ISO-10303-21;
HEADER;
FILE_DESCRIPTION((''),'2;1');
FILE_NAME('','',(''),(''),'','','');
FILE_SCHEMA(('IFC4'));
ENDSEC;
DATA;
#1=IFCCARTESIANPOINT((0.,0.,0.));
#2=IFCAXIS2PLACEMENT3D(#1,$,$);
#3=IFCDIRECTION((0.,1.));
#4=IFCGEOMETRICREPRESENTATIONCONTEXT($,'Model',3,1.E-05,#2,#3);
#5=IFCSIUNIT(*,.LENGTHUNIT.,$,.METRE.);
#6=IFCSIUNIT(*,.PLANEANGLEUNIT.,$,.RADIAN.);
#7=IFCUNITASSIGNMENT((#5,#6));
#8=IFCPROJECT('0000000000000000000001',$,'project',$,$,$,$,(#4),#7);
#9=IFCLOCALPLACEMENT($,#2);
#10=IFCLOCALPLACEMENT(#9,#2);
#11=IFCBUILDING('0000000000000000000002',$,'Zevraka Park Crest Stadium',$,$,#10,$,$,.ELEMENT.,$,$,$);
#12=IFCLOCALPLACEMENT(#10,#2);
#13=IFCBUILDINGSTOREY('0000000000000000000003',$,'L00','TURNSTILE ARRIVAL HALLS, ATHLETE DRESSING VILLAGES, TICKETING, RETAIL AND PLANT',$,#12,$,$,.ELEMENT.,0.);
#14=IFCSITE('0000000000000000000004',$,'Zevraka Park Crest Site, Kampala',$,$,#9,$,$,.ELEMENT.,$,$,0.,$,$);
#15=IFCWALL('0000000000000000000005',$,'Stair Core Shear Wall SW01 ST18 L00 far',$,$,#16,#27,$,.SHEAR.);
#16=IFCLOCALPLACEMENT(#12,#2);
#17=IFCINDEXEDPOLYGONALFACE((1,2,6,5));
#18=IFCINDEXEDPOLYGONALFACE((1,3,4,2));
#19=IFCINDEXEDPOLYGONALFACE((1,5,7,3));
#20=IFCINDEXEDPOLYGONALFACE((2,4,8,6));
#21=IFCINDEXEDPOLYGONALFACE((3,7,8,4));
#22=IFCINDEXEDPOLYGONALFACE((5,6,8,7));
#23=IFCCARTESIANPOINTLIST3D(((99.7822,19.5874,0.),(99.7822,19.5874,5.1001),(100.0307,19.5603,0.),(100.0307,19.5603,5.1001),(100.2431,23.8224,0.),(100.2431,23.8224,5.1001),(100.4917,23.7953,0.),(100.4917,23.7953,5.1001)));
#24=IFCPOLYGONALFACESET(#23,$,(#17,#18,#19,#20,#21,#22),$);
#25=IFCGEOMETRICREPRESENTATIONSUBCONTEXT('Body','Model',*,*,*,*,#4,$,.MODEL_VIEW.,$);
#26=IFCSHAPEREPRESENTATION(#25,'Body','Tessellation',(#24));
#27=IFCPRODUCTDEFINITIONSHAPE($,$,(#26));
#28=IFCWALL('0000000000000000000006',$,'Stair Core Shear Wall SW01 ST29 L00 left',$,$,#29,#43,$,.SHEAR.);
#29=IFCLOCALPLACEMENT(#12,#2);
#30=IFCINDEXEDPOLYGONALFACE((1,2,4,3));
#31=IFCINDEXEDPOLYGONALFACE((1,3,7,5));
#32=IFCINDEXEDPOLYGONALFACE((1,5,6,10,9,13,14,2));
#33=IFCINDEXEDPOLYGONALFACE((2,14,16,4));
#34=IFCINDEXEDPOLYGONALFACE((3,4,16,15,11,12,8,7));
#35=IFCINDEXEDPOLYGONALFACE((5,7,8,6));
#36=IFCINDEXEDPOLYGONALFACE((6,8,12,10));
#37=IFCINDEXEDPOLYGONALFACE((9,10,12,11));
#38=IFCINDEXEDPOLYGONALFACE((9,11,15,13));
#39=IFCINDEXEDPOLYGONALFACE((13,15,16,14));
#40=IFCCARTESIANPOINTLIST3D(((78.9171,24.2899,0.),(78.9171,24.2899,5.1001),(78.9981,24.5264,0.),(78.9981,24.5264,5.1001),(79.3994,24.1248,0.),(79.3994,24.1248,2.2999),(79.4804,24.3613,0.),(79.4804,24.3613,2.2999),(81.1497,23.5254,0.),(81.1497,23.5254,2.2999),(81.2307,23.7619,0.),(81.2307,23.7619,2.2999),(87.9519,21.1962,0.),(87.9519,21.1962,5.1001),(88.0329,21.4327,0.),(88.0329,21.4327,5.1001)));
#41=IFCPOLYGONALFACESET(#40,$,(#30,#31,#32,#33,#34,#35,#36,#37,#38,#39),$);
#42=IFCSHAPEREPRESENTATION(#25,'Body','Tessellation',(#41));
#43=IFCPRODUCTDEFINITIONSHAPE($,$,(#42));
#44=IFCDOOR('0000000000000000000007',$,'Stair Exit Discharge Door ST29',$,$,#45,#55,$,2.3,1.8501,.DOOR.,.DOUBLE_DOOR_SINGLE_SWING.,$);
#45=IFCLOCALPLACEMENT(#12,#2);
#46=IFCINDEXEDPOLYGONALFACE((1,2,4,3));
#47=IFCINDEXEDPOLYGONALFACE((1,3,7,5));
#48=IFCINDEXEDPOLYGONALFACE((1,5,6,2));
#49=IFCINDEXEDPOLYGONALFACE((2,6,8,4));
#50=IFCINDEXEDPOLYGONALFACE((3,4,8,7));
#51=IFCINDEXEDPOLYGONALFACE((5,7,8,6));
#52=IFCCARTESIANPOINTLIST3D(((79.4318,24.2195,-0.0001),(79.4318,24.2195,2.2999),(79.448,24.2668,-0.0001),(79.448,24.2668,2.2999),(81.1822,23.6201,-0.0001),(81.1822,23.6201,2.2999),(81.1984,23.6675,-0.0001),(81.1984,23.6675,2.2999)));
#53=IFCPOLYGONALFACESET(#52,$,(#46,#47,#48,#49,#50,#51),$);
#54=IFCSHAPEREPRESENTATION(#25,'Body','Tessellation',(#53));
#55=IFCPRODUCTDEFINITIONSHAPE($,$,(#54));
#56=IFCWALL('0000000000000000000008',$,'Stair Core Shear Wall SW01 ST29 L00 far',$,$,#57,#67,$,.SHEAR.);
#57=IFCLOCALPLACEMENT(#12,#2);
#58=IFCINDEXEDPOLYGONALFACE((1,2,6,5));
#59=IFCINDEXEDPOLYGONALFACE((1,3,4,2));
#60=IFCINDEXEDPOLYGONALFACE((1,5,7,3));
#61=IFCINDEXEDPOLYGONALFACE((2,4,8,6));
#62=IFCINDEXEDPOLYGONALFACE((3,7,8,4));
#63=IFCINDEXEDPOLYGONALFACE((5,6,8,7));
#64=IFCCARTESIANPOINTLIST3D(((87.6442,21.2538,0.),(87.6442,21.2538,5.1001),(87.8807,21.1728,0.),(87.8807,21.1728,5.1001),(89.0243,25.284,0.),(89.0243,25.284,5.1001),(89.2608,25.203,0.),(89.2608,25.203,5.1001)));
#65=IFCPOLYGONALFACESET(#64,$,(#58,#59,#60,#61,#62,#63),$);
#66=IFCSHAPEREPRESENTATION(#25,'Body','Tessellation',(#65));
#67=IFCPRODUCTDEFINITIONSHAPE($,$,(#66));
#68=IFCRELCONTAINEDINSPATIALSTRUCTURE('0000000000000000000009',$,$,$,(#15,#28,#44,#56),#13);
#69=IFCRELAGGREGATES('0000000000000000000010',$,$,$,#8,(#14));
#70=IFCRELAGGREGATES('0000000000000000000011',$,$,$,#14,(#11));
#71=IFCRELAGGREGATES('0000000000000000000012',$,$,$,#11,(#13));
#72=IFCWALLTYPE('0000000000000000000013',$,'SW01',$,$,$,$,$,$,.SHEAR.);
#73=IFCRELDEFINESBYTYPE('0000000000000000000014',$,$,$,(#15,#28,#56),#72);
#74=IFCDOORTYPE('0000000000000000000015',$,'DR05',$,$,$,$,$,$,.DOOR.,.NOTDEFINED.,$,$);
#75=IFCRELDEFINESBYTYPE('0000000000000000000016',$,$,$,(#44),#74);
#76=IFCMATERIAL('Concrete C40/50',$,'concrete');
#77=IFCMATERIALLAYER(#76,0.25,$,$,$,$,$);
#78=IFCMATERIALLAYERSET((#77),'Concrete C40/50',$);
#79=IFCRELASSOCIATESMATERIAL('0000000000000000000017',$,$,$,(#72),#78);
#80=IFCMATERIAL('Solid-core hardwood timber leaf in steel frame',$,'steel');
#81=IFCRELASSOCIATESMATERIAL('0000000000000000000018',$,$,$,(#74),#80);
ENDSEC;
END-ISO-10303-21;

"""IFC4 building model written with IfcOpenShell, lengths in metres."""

from ifc_helpers import new_model, si_unit, direction, frame, frame_2d, origin, place, context, subcontext, project, spatial, rectangle, extrude, material, layer, layer_set, type_object, element, fill, save


model = new_model("IFC4")

# Units and contexts
model_context = context("Model", 3, precision=1e-05, world=origin(), true_north=direction((0.0, 1.0)))
body_context = subcontext(model_context, "Body", "Model", "MODEL_VIEW")
ifc_project = project(units=[si_unit("LENGTHUNIT", "METRE"), si_unit("PLANEANGLEUNIT", "RADIAN")], contexts=[model_context])

# Site, building, storey
site_placement = place(None, origin())
site = spatial("IfcSite", under=ifc_project, at=site_placement, Name="Zevraka Park Crest Site, Kampala", CompositionType="ELEMENT", RefElevation=0.0)
building_placement = place(site_placement, origin())
building = spatial("IfcBuilding", under=site, at=building_placement, Name="Zevraka Park Crest Stadium", CompositionType="ELEMENT")
storey_placement = place(building_placement, origin())
storey = spatial("IfcBuildingStorey", under=building, at=storey_placement, Name="L00", Description="TURNSTILE ARRIVAL HALLS, ATHLETE DRESSING VILLAGES, TICKETING, RETAIL AND PLANT", CompositionType="ELEMENT", Elevation=0.0)

# Shared definitions
ifc_material_1 = material(Name="Concrete C40/50", Category="concrete")
ifc_layer_1 = layer(ifc_material_1, 0.25)
ifc_layer_set_1 = layer_set([ifc_layer_1], Name="Concrete C40/50")
wall_type_1 = type_object("IfcWallType", Name="SW01", PredefinedType="SHEAR", material=ifc_layer_set_1)
ifc_material_2 = material(Name="Solid-core hardwood timber leaf in steel frame", Category="steel")
door_type_1 = type_object("IfcDoorType", Name="DR05", OperationType="NOTDEFINED", PredefinedType="DOOR", material=ifc_material_2)

# Wall
wall_1_placement = place(storey_placement, frame((99.9065, 19.574, 0.0), z_axis=(0.0, 0.0, 1.0), x_axis=(0.108198, 0.994129, 0.0)))
element("IfcWall", 1, at=wall_1_placement, inside=storey, type_object=wall_type_1, Name="Stair Core Shear Wall SW01 ST18 L00 far", PredefinedType="SHEAR", context=body_context, shape_type="SweptSolid", body=[
    extrude(rectangle(XDim=4.26, YDim=0.25, at=frame_2d((2.1299, 0.0))), origin(), (0.0, 0.0, 1.0), 5.1001),
])

# Wall, opening, door
wall_2_placement = place(storey_placement, frame((87.9924, 21.3145, 0.0), z_axis=(0.0, 0.0, 1.0), x_axis=(-0.946072, 0.323956, 0.0)))
wall_2 = element("IfcWall", 2, at=wall_2_placement, inside=storey, type_object=wall_type_1, Name="Stair Core Shear Wall SW01 ST29 L00 left", PredefinedType="SHEAR", context=body_context, shape_type="SweptSolid", body=[
    extrude(rectangle(XDim=9.5498, YDim=0.25, at=frame_2d((4.7749, 0.0))), origin(), (0.0, 0.0, 1.0), 5.1001),
])
opening_1_placement = place(wall_2_placement, frame((7.1899, 0.0, 0.0)))
opening_1 = element("IfcOpeningElement", 3, at=opening_1_placement, cuts=wall_2, PredefinedType="OPENING", context=body_context, shape_type="SweptSolid", body=[
    extrude(rectangle(XDim=1.8501, YDim=2.3, at=frame_2d((0.925, 1.1499))), frame((0.0, 0.135, 0.0), z_axis=(0.0, -1.0, 0.0), x_axis=(1.0, 0.0, 0.0)), (0.0, 0.0, 1.0), 0.27),
])
door_1_placement = place(opening_1_placement, origin())
door_1 = element("IfcDoor", 4, at=door_1_placement, inside=storey, type_object=door_type_1, Name="Stair Exit Discharge Door ST29", OperationType="DOUBLE_DOOR_SINGLE_SWING", OverallHeight=2.3, OverallWidth=1.8501, PredefinedType="DOOR", context=body_context, shape_type="SweptSolid", body=[
    extrude(rectangle(XDim=1.8501, YDim=2.3, at=frame_2d((0.925, 1.1499))), frame((0.0, 0.0249, 0.0), z_axis=(0.0, -1.0, 0.0), x_axis=(1.0, 0.0, 0.0)), (0.0, 0.0, 1.0), 0.05),
])
fill(opening_1, door_1)

# Wall
wall_3_placement = place(storey_placement, frame((87.7625, 21.2134, 0.0), z_axis=(0.0, 0.0, 1.0), x_axis=(0.323971, 0.946067, 0.0)))
element("IfcWall", 5, at=wall_3_placement, inside=storey, type_object=wall_type_1, Name="Stair Core Shear Wall SW01 ST29 L00 far", PredefinedType="SHEAR", context=body_context, shape_type="SweptSolid", body=[
    extrude(rectangle(XDim=4.26, YDim=0.25, at=frame_2d((2.1299, 0.0))), origin(), (0.0, 0.0, 1.0), 5.1001),
])

save(model, "model.ifc")
